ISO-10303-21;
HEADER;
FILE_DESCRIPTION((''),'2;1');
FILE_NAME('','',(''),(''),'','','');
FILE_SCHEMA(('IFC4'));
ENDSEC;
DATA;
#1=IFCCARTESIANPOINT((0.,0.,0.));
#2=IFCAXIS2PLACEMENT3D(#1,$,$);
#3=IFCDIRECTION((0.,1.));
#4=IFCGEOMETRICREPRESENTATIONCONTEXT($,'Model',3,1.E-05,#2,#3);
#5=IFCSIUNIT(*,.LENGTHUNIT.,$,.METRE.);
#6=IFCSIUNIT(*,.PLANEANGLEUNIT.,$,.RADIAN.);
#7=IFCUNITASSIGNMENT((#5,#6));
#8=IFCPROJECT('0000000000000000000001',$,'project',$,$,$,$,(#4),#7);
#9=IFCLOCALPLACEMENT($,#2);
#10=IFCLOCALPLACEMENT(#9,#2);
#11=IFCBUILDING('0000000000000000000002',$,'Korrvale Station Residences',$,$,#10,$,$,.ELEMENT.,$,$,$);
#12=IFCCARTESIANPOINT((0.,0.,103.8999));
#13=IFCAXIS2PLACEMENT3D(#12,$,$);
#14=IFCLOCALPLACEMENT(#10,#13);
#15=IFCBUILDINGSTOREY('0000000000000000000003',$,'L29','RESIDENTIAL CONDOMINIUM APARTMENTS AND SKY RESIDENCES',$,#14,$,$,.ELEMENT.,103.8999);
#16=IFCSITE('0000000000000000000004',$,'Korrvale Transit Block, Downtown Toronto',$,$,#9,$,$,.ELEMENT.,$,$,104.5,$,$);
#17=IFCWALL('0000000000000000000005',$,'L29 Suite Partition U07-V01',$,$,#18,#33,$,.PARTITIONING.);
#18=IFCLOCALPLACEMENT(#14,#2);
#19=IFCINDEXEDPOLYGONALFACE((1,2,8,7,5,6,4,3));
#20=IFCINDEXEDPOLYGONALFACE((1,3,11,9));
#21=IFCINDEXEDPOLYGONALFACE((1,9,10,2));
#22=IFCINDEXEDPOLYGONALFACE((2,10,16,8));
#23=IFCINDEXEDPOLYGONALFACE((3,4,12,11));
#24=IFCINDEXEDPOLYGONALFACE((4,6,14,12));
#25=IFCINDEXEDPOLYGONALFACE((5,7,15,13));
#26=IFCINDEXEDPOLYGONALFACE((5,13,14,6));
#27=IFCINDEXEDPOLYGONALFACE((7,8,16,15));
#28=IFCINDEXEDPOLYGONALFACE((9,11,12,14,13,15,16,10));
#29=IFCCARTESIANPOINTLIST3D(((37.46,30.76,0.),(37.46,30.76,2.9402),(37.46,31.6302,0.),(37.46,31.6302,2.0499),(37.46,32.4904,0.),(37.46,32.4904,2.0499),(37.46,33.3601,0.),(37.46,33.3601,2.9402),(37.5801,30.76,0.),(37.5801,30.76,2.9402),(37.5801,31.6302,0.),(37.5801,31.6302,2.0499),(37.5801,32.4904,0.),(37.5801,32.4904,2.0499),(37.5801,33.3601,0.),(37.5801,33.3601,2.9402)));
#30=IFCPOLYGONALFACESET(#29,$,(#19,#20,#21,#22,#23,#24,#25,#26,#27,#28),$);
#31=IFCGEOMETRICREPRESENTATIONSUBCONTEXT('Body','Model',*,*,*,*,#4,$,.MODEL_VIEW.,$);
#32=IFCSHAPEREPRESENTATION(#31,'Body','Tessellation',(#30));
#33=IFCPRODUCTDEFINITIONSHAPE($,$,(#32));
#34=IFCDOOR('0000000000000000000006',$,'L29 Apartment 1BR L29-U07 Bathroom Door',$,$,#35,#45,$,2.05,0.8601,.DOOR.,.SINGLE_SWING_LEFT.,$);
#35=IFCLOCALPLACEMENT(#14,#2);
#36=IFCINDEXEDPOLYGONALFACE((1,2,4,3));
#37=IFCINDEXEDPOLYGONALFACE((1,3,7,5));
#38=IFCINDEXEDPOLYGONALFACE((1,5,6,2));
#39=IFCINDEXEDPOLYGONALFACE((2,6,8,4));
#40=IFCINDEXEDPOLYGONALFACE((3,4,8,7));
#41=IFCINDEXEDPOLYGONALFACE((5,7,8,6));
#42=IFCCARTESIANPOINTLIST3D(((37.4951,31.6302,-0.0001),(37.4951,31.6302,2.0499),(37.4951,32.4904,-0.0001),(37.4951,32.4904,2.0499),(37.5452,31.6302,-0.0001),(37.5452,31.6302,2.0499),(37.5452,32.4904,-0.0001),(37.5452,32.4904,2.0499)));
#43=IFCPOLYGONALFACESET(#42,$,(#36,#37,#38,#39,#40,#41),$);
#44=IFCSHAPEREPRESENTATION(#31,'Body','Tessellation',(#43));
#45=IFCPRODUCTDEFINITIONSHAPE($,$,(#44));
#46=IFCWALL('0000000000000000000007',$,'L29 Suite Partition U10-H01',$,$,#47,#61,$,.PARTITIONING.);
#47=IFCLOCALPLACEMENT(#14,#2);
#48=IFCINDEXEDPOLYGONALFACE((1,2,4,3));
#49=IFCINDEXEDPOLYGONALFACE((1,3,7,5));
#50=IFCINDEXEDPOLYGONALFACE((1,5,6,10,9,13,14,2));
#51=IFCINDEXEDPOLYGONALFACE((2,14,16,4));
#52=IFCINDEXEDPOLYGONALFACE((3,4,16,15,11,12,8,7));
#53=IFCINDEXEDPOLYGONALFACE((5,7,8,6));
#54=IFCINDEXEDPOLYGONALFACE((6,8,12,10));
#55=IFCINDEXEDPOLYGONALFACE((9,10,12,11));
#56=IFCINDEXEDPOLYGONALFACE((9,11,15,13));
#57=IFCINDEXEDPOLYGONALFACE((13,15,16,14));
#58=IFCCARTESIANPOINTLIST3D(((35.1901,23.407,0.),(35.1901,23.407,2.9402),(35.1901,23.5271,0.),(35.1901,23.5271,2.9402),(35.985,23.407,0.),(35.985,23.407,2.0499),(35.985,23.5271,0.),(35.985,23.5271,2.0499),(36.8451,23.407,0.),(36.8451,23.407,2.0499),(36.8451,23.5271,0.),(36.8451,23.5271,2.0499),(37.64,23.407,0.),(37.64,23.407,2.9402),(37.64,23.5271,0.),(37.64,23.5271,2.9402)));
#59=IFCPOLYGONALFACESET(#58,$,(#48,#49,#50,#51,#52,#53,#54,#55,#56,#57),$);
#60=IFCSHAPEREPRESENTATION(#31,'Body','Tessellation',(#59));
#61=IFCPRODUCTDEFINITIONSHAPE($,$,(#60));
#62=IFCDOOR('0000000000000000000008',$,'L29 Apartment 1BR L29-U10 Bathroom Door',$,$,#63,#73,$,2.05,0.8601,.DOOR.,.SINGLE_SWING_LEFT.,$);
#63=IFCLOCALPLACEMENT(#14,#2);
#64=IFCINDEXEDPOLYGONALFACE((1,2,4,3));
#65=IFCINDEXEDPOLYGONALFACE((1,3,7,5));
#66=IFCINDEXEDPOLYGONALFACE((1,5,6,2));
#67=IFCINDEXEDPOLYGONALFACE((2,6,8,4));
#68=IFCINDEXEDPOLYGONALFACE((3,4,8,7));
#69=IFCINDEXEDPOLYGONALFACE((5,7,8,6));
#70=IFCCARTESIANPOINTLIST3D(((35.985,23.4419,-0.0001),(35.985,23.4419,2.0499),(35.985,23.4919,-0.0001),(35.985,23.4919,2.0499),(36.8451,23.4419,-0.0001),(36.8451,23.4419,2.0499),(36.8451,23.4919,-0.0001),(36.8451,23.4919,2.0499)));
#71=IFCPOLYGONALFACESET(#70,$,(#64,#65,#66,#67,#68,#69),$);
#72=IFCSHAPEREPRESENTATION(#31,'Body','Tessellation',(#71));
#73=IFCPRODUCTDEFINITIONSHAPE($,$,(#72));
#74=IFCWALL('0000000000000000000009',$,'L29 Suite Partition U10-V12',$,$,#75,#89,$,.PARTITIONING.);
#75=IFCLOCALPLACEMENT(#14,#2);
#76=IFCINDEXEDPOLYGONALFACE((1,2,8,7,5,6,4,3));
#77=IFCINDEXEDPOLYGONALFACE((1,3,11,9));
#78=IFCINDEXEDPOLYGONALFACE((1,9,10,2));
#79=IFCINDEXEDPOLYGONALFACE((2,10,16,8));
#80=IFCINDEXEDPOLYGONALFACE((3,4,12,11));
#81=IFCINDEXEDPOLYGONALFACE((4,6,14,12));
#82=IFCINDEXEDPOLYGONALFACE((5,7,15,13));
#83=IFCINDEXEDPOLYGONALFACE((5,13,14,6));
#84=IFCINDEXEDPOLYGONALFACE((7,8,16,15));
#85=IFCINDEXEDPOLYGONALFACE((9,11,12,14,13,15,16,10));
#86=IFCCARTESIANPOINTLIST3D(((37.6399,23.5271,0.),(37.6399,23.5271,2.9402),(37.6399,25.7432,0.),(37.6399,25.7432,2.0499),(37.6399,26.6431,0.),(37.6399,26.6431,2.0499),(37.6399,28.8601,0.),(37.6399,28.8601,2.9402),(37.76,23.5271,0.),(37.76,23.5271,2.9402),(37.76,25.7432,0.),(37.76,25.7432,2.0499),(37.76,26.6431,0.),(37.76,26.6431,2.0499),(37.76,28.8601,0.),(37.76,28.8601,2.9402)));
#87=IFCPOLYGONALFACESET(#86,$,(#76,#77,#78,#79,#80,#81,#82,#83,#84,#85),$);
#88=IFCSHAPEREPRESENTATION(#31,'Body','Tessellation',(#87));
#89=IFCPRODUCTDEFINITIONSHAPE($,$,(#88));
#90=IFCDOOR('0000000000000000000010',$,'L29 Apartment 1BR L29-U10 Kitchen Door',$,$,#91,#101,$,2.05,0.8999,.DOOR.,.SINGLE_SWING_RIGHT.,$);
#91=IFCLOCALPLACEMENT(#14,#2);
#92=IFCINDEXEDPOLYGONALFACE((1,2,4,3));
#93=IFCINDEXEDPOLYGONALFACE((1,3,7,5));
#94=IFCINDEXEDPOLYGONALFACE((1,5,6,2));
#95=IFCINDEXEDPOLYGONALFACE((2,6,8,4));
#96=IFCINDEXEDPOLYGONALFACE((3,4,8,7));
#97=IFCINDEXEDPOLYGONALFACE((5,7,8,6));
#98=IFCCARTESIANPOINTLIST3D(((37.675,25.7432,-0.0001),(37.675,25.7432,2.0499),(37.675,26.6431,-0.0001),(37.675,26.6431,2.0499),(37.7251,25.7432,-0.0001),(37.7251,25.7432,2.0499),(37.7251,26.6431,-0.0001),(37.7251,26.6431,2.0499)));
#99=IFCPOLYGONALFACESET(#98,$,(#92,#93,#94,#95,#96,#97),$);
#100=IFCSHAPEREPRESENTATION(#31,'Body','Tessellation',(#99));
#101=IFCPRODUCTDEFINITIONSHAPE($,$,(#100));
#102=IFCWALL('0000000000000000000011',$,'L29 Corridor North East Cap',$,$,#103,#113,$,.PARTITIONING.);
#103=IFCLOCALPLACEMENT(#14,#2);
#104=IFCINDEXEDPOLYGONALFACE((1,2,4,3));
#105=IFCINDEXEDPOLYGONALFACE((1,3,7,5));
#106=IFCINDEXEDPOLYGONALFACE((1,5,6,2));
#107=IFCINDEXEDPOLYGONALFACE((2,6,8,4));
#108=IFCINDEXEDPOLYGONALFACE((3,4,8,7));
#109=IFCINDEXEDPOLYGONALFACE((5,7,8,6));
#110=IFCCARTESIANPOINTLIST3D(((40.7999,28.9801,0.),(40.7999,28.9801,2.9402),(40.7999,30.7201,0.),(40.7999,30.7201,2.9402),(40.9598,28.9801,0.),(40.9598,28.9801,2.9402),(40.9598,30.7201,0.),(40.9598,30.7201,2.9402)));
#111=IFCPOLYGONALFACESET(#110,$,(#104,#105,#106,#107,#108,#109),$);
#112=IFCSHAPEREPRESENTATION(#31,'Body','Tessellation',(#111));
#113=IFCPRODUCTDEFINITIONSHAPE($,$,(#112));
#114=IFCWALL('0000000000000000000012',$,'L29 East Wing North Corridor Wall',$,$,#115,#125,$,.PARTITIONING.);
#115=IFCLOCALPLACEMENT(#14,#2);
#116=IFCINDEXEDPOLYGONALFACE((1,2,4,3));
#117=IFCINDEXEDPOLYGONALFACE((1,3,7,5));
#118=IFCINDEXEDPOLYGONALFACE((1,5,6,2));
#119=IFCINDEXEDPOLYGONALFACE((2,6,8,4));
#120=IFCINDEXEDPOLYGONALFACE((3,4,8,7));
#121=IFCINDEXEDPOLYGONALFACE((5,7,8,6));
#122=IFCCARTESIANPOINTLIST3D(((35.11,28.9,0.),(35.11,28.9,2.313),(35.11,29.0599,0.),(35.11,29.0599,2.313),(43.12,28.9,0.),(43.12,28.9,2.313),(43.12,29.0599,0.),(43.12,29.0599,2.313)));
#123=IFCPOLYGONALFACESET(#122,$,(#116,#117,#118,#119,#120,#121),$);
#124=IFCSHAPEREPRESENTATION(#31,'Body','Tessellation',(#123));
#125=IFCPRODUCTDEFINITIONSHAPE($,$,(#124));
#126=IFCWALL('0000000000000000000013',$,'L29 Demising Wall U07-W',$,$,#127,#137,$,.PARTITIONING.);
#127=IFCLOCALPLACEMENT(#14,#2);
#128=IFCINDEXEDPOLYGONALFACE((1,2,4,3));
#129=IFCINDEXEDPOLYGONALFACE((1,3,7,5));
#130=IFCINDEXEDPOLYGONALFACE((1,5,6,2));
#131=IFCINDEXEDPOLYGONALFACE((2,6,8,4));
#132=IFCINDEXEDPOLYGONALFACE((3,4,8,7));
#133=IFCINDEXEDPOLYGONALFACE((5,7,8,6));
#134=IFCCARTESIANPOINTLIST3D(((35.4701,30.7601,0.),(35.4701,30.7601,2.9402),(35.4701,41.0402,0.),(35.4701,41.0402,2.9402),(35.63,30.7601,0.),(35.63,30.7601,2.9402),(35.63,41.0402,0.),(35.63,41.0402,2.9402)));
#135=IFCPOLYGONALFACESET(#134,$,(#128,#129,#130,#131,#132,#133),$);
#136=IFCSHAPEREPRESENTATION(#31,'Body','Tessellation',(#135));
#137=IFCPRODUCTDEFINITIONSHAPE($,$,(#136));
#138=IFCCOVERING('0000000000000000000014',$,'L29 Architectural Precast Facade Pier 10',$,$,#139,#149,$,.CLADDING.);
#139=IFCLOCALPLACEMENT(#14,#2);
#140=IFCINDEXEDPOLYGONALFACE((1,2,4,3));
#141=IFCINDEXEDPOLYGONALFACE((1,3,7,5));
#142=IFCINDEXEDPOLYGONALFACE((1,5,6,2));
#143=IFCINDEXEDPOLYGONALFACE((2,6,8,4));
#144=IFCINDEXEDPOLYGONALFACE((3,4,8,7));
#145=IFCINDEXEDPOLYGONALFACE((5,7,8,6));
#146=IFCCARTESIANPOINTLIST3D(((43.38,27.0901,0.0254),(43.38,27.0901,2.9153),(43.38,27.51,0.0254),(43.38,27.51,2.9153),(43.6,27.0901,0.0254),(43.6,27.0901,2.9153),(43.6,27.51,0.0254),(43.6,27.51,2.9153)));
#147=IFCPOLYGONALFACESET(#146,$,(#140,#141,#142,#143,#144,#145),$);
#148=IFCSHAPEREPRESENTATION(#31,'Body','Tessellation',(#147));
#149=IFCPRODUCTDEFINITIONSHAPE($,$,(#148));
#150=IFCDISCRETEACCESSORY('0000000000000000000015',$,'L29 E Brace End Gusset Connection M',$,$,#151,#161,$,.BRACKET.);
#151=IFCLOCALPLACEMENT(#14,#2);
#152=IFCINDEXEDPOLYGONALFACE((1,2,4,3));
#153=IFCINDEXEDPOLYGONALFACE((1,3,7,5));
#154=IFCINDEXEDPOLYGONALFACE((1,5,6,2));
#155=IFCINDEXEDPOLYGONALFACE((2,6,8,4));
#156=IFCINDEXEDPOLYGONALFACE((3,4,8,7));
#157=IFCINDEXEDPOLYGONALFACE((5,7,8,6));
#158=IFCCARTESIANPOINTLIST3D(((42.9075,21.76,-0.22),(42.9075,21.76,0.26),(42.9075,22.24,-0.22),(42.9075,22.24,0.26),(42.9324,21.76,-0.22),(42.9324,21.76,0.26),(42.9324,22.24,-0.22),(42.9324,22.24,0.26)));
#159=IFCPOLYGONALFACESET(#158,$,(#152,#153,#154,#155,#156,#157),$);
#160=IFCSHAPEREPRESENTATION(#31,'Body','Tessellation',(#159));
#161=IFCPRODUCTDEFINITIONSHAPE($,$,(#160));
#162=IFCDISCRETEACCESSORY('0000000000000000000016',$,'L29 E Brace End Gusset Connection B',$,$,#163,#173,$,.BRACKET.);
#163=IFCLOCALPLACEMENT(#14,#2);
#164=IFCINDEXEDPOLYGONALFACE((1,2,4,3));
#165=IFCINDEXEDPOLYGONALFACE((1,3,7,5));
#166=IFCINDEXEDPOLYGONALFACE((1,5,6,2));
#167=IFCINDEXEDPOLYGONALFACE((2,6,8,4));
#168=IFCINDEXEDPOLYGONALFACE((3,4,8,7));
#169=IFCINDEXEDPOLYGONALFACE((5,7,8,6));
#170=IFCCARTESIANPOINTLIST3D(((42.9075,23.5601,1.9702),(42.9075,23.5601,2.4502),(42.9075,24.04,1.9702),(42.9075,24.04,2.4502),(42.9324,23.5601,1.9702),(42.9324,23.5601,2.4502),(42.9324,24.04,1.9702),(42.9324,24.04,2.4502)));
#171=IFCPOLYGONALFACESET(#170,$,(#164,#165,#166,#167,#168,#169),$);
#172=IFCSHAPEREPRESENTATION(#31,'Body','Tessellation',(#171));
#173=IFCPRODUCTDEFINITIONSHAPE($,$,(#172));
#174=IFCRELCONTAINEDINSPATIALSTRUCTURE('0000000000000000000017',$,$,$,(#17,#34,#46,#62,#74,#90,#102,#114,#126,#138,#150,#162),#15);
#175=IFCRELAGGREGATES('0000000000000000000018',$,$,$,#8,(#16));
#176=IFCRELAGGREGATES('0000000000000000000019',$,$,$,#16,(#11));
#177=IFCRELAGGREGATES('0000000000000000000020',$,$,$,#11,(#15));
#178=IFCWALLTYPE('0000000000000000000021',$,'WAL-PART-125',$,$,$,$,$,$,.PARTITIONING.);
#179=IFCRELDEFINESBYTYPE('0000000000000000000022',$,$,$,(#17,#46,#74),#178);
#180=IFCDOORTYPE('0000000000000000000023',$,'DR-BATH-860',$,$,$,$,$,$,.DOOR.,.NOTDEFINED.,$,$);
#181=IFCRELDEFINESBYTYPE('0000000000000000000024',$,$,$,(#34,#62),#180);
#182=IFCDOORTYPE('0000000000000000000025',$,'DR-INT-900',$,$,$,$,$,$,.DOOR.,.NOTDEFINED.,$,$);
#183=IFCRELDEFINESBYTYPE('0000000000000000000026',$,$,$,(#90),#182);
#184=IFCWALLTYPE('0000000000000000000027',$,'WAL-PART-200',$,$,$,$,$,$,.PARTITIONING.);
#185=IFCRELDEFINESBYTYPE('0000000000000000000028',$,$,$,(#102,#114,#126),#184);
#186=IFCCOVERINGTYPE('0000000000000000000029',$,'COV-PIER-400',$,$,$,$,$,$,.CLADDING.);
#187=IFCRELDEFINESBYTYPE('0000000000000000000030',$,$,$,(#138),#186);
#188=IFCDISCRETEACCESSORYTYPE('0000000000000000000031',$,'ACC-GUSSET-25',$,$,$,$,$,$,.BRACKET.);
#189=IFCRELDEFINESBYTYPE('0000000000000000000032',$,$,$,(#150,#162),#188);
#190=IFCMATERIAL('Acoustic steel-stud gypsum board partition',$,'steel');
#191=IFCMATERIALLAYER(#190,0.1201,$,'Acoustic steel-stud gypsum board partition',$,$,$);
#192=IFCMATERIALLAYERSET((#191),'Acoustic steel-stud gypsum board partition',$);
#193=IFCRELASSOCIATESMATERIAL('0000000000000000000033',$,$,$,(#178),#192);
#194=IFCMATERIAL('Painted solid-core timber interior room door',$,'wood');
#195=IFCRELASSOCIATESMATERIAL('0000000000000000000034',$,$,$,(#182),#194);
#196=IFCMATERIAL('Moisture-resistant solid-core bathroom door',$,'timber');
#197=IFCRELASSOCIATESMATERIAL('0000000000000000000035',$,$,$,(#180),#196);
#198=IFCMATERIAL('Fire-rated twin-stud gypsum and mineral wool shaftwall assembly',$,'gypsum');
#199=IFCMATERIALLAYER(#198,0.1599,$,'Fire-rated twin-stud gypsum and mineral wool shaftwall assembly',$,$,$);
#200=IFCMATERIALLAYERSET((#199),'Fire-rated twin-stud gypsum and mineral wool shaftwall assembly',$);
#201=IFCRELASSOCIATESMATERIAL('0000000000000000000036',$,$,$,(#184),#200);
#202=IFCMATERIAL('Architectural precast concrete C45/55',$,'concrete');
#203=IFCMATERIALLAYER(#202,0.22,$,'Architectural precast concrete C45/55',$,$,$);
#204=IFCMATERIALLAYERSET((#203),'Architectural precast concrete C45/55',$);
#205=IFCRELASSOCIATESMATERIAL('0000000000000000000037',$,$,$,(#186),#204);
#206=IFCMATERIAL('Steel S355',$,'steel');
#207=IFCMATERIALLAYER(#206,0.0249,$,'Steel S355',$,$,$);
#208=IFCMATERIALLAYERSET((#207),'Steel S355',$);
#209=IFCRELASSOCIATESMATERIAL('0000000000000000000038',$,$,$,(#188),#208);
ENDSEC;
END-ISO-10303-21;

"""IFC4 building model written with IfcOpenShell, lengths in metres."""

from ifc_helpers import new_model, si_unit, direction, frame, frame_2d, origin, origin_2d, place, context, subcontext, project, spatial, rectangle, extrude, material, layer, layer_set, type_object, element, fill, save


model = new_model("IFC4")

# Units and contexts
model_context = context("Model", 3, precision=1e-05, world=origin(), true_north=direction((0.0, 1.0)))
body_context = subcontext(model_context, "Body", "Model", "MODEL_VIEW")
ifc_project = project(units=[si_unit("LENGTHUNIT", "METRE"), si_unit("PLANEANGLEUNIT", "RADIAN")], contexts=[model_context])

# Site, building, storey
site_placement = place(None, origin())
site = spatial("IfcSite", under=ifc_project, at=site_placement, Name="Korrvale Transit Block, Downtown Toronto", CompositionType="ELEMENT", RefElevation=104.5)
building_placement = place(site_placement, origin())
building = spatial("IfcBuilding", under=site, at=building_placement, Name="Korrvale Station Residences", CompositionType="ELEMENT")
storey_placement = place(building_placement, frame((0.0, 0.0, 103.8999)))
storey = spatial("IfcBuildingStorey", under=building, at=storey_placement, Name="L29", Description="RESIDENTIAL CONDOMINIUM APARTMENTS AND SKY RESIDENCES", CompositionType="ELEMENT", Elevation=103.8999)

# Shared definitions
ifc_material_1 = material(Name="Steel S355", Category="steel")

# Walls, openings, doors
ifc_material_2 = material(Name="Acoustic steel-stud gypsum board partition", Category="steel")
ifc_layer_1 = layer(ifc_material_2, 0.1201, Name="Acoustic steel-stud gypsum board partition")
ifc_layer_set_1 = layer_set([ifc_layer_1], Name="Acoustic steel-stud gypsum board partition")
wall_type_1 = type_object("IfcWallType", Name="WAL-PART-125", PredefinedType="PARTITIONING", material=ifc_layer_set_1)
ifc_material_3 = material(Name="Painted solid-core timber interior room door", Category="wood")
door_type_1 = type_object("IfcDoorType", Name="DR-INT-900", OperationType="NOTDEFINED", PredefinedType="DOOR", material=ifc_material_3)
wall_1_placement = place(storey_placement, frame((37.52, 30.76, 0.0), z_axis=(0.0, 0.0, 1.0), x_axis=(0.0, 1.0, 0.0)))
wall_1 = element("IfcWall", 1, at=wall_1_placement, inside=storey, type_object=wall_type_1, Name="L29 Suite Partition U07-V01", PredefinedType="PARTITIONING", context=body_context, shape_type="SweptSolid", body=[
    extrude(rectangle(XDim=2.6001, YDim=0.1201, at=frame_2d((1.3, 0.0))), origin(), (0.0, 0.0, 1.0), 2.9402),
])
opening_1_placement = place(wall_1_placement, frame((0.8701, 0.0, 0.0)))
opening_1 = element("IfcOpeningElement", 2, at=opening_1_placement, cuts=wall_1, PredefinedType="OPENING", context=body_context, shape_type="SweptSolid", body=[
    extrude(rectangle(XDim=0.8601, YDim=2.05, at=frame_2d((0.4302, 1.0249))), frame((0.0, 0.0701, 0.0), z_axis=(0.0, -1.0, 0.0), x_axis=(1.0, 0.0, 0.0)), (0.0, 0.0, 1.0), 0.1401),
])
ifc_material_4 = material(Name="Moisture-resistant solid-core bathroom door", Category="timber")
door_type_2 = type_object("IfcDoorType", Name="DR-BATH-860", OperationType="NOTDEFINED", PredefinedType="DOOR", material=ifc_material_4)
door_1_placement = place(opening_1_placement, origin())
door_1 = element("IfcDoor", 3, at=door_1_placement, inside=storey, type_object=door_type_2, Name="L29 Apartment 1BR L29-U07 Bathroom Door", OperationType="SINGLE_SWING_LEFT", OverallHeight=2.05, OverallWidth=0.8601, PredefinedType="DOOR", context=body_context, shape_type="SweptSolid", body=[
    extrude(rectangle(XDim=0.8601, YDim=2.05, at=frame_2d((0.4302, 1.0249))), frame((0.0, 0.0249, 0.0), z_axis=(0.0, -1.0, 0.0), x_axis=(1.0, 0.0, 0.0)), (0.0, 0.0, 1.0), 0.05),
])
fill(opening_1, door_1)
wall_2_placement = place(storey_placement, frame((35.1899, 23.467, 0.0), z_axis=(0.0, 0.0, 1.0), x_axis=(1.0, 0.0, 0.0)))
wall_2 = element("IfcWall", 4, at=wall_2_placement, inside=storey, type_object=wall_type_1, Name="L29 Suite Partition U10-H01", PredefinedType="PARTITIONING", context=body_context, shape_type="SweptSolid", body=[
    extrude(rectangle(XDim=2.45, YDim=0.1201, at=frame_2d((1.2251, 0.0))), origin(), (0.0, 0.0, 1.0), 2.9402),
])
opening_2_placement = place(wall_2_placement, frame((0.7949, 0.0, 0.0)))
opening_2 = element("IfcOpeningElement", 5, at=opening_2_placement, cuts=wall_2, PredefinedType="OPENING", context=body_context, shape_type="SweptSolid", body=[
    extrude(rectangle(XDim=0.8601, YDim=2.05, at=frame_2d((0.4302, 1.0249))), frame((0.0, 0.0701, 0.0), z_axis=(0.0, -1.0, 0.0), x_axis=(1.0, 0.0, 0.0)), (0.0, 0.0, 1.0), 0.1401),
])
door_2_placement = place(opening_2_placement, origin())
door_2 = element("IfcDoor", 6, at=door_2_placement, inside=storey, type_object=door_type_2, Name="L29 Apartment 1BR L29-U10 Bathroom Door", OperationType="SINGLE_SWING_LEFT", OverallHeight=2.05, OverallWidth=0.8601, PredefinedType="DOOR", context=body_context, shape_type="SweptSolid", body=[
    extrude(rectangle(XDim=0.8601, YDim=2.05, at=frame_2d((0.4302, 1.0249))), frame((0.0, 0.0249, 0.0), z_axis=(0.0, -1.0, 0.0), x_axis=(1.0, 0.0, 0.0)), (0.0, 0.0, 1.0), 0.05),
])
fill(opening_2, door_2)
wall_3_placement = place(storey_placement, frame((37.7, 23.5271, 0.0), z_axis=(0.0, 0.0, 1.0), x_axis=(0.0, 1.0, 0.0)))
wall_3 = element("IfcWall", 7, at=wall_3_placement, inside=storey, type_object=wall_type_1, Name="L29 Suite Partition U10-V12", PredefinedType="PARTITIONING", context=body_context, shape_type="SweptSolid", body=[
    extrude(rectangle(XDim=5.333, YDim=0.1201, at=frame_2d((2.6665, 0.0))), origin(), (0.0, 0.0, 1.0), 2.9402),
])
opening_3_placement = place(wall_3_placement, frame((2.2161, 0.0, 0.0)))
opening_3 = element("IfcOpeningElement", 8, at=opening_3_placement, cuts=wall_3, PredefinedType="OPENING", context=body_context, shape_type="SweptSolid", body=[
    extrude(rectangle(XDim=0.8999, YDim=2.05, at=frame_2d((0.45, 1.0249))), frame((0.0, 0.0701, 0.0), z_axis=(0.0, -1.0, 0.0), x_axis=(1.0, 0.0, 0.0)), (0.0, 0.0, 1.0), 0.1401),
])
door_3_placement = place(opening_3_placement, origin())
door_3 = element("IfcDoor", 9, at=door_3_placement, inside=storey, type_object=door_type_1, Name="L29 Apartment 1BR L29-U10 Kitchen Door", OperationType="SINGLE_SWING_RIGHT", OverallHeight=2.05, OverallWidth=0.8999, PredefinedType="DOOR", context=body_context, shape_type="SweptSolid", body=[
    extrude(rectangle(XDim=0.8999, YDim=2.05, at=frame_2d((0.45, 1.0249))), frame((0.0, 0.0249, 0.0), z_axis=(0.0, -1.0, 0.0), x_axis=(1.0, 0.0, 0.0)), (0.0, 0.0, 1.0), 0.05),
])
fill(opening_3, door_3)

# Walls
ifc_material_5 = material(Name="Fire-rated twin-stud gypsum and mineral wool shaftwall assembly", Category="gypsum")
ifc_layer_2 = layer(ifc_material_5, 0.1599, Name="Fire-rated twin-stud gypsum and mineral wool shaftwall assembly")
ifc_layer_set_2 = layer_set([ifc_layer_2], Name="Fire-rated twin-stud gypsum and mineral wool shaftwall assembly")
wall_type_2 = type_object("IfcWallType", Name="WAL-PART-200", PredefinedType="PARTITIONING", material=ifc_layer_set_2)
wall_4_placement = place(storey_placement, frame((40.8799, 28.98, 0.0), z_axis=(0.0, 0.0, 1.0), x_axis=(0.0, 1.0, 0.0)))
element("IfcWall", 10, at=wall_4_placement, inside=storey, type_object=wall_type_2, Name="L29 Corridor North East Cap", PredefinedType="PARTITIONING", context=body_context, shape_type="SweptSolid", body=[
    extrude(rectangle(XDim=1.74, YDim=0.1599, at=frame_2d((0.8701, 0.0))), origin(), (0.0, 0.0, 1.0), 2.9402),
])
wall_5_placement = place(storey_placement, frame((35.1101, 28.98, 0.0), z_axis=(0.0, 0.0, 1.0), x_axis=(1.0, 0.0, 0.0)))
element("IfcWall", 11, at=wall_5_placement, inside=storey, type_object=wall_type_2, Name="L29 East Wing North Corridor Wall", PredefinedType="PARTITIONING", context=body_context, shape_type="SweptSolid", body=[
    extrude(rectangle(XDim=8.01, YDim=0.1599, at=frame_2d((4.0049, 0.0))), origin(), (0.0, 0.0, 1.0), 2.313),
])
wall_6_placement = place(storey_placement, frame((35.55, 30.76, 0.0), z_axis=(0.0, 0.0, 1.0), x_axis=(0.0, 1.0, 0.0)))
element("IfcWall", 12, at=wall_6_placement, inside=storey, type_object=wall_type_2, Name="L29 Demising Wall U07-W", PredefinedType="PARTITIONING", context=body_context, shape_type="SweptSolid", body=[
    extrude(rectangle(XDim=10.28, YDim=0.1599, at=frame_2d((5.1401, 0.0))), origin(), (0.0, 0.0, 1.0), 2.9402),
])

# Covering
ifc_material_6 = material(Name="Architectural precast concrete C45/55", Category="concrete")
ifc_layer_3 = layer(ifc_material_6, 0.22, Name="Architectural precast concrete C45/55")
ifc_layer_set_3 = layer_set([ifc_layer_3], Name="Architectural precast concrete C45/55")
covering_type = type_object("IfcCoveringType", Name="COV-PIER-400", PredefinedType="CLADDING", material=ifc_layer_set_3)
covering_placement = place(storey_placement, frame((43.49, 27.3, 0.0254), z_axis=(0.0, 0.0, 1.0), x_axis=(0.0, 1.0, 0.0)))
element("IfcCovering", 13, at=covering_placement, inside=storey, type_object=covering_type, Name="L29 Architectural Precast Facade Pier 10", PredefinedType="CLADDING", context=body_context, shape_type="SweptSolid", body=[
    extrude(rectangle(XDim=0.4199, YDim=0.22, at=origin_2d()), origin(), (0.0, 0.0, 1.0), 2.8899),
])

# Discrete accessories
ifc_layer_4 = layer(ifc_material_1, 0.0249, Name="Steel S355")
ifc_layer_set_4 = layer_set([ifc_layer_4], Name="Steel S355")
discrete_accessory_type = type_object("IfcDiscreteAccessoryType", Name="ACC-GUSSET-25", PredefinedType="BRACKET", material=ifc_layer_set_4)
for number, where, z_axis, x_axis, name in (
    (14, (42.9199, 22.0, -0.22), (0.0, 0.0, 1.0), (0.0, 1.0, 0.0), "L29 E Brace End Gusset Connection M"),
    (15, (42.9199, 23.8, 1.9702), (0.0, 0.0, 1.0), (0.0, 1.0, 0.0), "L29 E Brace End Gusset Connection B"),
):
    element("IfcDiscreteAccessory", number, at=place(storey_placement, frame(where, z_axis=z_axis, x_axis=x_axis)), inside=storey, type_object=discrete_accessory_type, Name=name, PredefinedType="BRACKET", context=body_context, shape_type="SweptSolid", body=[
        extrude(rectangle(XDim=0.48, YDim=0.0249, at=origin_2d()), origin(), (0.0, 0.0, 1.0), 0.48),
    ])

save(model, "model.ifc")
